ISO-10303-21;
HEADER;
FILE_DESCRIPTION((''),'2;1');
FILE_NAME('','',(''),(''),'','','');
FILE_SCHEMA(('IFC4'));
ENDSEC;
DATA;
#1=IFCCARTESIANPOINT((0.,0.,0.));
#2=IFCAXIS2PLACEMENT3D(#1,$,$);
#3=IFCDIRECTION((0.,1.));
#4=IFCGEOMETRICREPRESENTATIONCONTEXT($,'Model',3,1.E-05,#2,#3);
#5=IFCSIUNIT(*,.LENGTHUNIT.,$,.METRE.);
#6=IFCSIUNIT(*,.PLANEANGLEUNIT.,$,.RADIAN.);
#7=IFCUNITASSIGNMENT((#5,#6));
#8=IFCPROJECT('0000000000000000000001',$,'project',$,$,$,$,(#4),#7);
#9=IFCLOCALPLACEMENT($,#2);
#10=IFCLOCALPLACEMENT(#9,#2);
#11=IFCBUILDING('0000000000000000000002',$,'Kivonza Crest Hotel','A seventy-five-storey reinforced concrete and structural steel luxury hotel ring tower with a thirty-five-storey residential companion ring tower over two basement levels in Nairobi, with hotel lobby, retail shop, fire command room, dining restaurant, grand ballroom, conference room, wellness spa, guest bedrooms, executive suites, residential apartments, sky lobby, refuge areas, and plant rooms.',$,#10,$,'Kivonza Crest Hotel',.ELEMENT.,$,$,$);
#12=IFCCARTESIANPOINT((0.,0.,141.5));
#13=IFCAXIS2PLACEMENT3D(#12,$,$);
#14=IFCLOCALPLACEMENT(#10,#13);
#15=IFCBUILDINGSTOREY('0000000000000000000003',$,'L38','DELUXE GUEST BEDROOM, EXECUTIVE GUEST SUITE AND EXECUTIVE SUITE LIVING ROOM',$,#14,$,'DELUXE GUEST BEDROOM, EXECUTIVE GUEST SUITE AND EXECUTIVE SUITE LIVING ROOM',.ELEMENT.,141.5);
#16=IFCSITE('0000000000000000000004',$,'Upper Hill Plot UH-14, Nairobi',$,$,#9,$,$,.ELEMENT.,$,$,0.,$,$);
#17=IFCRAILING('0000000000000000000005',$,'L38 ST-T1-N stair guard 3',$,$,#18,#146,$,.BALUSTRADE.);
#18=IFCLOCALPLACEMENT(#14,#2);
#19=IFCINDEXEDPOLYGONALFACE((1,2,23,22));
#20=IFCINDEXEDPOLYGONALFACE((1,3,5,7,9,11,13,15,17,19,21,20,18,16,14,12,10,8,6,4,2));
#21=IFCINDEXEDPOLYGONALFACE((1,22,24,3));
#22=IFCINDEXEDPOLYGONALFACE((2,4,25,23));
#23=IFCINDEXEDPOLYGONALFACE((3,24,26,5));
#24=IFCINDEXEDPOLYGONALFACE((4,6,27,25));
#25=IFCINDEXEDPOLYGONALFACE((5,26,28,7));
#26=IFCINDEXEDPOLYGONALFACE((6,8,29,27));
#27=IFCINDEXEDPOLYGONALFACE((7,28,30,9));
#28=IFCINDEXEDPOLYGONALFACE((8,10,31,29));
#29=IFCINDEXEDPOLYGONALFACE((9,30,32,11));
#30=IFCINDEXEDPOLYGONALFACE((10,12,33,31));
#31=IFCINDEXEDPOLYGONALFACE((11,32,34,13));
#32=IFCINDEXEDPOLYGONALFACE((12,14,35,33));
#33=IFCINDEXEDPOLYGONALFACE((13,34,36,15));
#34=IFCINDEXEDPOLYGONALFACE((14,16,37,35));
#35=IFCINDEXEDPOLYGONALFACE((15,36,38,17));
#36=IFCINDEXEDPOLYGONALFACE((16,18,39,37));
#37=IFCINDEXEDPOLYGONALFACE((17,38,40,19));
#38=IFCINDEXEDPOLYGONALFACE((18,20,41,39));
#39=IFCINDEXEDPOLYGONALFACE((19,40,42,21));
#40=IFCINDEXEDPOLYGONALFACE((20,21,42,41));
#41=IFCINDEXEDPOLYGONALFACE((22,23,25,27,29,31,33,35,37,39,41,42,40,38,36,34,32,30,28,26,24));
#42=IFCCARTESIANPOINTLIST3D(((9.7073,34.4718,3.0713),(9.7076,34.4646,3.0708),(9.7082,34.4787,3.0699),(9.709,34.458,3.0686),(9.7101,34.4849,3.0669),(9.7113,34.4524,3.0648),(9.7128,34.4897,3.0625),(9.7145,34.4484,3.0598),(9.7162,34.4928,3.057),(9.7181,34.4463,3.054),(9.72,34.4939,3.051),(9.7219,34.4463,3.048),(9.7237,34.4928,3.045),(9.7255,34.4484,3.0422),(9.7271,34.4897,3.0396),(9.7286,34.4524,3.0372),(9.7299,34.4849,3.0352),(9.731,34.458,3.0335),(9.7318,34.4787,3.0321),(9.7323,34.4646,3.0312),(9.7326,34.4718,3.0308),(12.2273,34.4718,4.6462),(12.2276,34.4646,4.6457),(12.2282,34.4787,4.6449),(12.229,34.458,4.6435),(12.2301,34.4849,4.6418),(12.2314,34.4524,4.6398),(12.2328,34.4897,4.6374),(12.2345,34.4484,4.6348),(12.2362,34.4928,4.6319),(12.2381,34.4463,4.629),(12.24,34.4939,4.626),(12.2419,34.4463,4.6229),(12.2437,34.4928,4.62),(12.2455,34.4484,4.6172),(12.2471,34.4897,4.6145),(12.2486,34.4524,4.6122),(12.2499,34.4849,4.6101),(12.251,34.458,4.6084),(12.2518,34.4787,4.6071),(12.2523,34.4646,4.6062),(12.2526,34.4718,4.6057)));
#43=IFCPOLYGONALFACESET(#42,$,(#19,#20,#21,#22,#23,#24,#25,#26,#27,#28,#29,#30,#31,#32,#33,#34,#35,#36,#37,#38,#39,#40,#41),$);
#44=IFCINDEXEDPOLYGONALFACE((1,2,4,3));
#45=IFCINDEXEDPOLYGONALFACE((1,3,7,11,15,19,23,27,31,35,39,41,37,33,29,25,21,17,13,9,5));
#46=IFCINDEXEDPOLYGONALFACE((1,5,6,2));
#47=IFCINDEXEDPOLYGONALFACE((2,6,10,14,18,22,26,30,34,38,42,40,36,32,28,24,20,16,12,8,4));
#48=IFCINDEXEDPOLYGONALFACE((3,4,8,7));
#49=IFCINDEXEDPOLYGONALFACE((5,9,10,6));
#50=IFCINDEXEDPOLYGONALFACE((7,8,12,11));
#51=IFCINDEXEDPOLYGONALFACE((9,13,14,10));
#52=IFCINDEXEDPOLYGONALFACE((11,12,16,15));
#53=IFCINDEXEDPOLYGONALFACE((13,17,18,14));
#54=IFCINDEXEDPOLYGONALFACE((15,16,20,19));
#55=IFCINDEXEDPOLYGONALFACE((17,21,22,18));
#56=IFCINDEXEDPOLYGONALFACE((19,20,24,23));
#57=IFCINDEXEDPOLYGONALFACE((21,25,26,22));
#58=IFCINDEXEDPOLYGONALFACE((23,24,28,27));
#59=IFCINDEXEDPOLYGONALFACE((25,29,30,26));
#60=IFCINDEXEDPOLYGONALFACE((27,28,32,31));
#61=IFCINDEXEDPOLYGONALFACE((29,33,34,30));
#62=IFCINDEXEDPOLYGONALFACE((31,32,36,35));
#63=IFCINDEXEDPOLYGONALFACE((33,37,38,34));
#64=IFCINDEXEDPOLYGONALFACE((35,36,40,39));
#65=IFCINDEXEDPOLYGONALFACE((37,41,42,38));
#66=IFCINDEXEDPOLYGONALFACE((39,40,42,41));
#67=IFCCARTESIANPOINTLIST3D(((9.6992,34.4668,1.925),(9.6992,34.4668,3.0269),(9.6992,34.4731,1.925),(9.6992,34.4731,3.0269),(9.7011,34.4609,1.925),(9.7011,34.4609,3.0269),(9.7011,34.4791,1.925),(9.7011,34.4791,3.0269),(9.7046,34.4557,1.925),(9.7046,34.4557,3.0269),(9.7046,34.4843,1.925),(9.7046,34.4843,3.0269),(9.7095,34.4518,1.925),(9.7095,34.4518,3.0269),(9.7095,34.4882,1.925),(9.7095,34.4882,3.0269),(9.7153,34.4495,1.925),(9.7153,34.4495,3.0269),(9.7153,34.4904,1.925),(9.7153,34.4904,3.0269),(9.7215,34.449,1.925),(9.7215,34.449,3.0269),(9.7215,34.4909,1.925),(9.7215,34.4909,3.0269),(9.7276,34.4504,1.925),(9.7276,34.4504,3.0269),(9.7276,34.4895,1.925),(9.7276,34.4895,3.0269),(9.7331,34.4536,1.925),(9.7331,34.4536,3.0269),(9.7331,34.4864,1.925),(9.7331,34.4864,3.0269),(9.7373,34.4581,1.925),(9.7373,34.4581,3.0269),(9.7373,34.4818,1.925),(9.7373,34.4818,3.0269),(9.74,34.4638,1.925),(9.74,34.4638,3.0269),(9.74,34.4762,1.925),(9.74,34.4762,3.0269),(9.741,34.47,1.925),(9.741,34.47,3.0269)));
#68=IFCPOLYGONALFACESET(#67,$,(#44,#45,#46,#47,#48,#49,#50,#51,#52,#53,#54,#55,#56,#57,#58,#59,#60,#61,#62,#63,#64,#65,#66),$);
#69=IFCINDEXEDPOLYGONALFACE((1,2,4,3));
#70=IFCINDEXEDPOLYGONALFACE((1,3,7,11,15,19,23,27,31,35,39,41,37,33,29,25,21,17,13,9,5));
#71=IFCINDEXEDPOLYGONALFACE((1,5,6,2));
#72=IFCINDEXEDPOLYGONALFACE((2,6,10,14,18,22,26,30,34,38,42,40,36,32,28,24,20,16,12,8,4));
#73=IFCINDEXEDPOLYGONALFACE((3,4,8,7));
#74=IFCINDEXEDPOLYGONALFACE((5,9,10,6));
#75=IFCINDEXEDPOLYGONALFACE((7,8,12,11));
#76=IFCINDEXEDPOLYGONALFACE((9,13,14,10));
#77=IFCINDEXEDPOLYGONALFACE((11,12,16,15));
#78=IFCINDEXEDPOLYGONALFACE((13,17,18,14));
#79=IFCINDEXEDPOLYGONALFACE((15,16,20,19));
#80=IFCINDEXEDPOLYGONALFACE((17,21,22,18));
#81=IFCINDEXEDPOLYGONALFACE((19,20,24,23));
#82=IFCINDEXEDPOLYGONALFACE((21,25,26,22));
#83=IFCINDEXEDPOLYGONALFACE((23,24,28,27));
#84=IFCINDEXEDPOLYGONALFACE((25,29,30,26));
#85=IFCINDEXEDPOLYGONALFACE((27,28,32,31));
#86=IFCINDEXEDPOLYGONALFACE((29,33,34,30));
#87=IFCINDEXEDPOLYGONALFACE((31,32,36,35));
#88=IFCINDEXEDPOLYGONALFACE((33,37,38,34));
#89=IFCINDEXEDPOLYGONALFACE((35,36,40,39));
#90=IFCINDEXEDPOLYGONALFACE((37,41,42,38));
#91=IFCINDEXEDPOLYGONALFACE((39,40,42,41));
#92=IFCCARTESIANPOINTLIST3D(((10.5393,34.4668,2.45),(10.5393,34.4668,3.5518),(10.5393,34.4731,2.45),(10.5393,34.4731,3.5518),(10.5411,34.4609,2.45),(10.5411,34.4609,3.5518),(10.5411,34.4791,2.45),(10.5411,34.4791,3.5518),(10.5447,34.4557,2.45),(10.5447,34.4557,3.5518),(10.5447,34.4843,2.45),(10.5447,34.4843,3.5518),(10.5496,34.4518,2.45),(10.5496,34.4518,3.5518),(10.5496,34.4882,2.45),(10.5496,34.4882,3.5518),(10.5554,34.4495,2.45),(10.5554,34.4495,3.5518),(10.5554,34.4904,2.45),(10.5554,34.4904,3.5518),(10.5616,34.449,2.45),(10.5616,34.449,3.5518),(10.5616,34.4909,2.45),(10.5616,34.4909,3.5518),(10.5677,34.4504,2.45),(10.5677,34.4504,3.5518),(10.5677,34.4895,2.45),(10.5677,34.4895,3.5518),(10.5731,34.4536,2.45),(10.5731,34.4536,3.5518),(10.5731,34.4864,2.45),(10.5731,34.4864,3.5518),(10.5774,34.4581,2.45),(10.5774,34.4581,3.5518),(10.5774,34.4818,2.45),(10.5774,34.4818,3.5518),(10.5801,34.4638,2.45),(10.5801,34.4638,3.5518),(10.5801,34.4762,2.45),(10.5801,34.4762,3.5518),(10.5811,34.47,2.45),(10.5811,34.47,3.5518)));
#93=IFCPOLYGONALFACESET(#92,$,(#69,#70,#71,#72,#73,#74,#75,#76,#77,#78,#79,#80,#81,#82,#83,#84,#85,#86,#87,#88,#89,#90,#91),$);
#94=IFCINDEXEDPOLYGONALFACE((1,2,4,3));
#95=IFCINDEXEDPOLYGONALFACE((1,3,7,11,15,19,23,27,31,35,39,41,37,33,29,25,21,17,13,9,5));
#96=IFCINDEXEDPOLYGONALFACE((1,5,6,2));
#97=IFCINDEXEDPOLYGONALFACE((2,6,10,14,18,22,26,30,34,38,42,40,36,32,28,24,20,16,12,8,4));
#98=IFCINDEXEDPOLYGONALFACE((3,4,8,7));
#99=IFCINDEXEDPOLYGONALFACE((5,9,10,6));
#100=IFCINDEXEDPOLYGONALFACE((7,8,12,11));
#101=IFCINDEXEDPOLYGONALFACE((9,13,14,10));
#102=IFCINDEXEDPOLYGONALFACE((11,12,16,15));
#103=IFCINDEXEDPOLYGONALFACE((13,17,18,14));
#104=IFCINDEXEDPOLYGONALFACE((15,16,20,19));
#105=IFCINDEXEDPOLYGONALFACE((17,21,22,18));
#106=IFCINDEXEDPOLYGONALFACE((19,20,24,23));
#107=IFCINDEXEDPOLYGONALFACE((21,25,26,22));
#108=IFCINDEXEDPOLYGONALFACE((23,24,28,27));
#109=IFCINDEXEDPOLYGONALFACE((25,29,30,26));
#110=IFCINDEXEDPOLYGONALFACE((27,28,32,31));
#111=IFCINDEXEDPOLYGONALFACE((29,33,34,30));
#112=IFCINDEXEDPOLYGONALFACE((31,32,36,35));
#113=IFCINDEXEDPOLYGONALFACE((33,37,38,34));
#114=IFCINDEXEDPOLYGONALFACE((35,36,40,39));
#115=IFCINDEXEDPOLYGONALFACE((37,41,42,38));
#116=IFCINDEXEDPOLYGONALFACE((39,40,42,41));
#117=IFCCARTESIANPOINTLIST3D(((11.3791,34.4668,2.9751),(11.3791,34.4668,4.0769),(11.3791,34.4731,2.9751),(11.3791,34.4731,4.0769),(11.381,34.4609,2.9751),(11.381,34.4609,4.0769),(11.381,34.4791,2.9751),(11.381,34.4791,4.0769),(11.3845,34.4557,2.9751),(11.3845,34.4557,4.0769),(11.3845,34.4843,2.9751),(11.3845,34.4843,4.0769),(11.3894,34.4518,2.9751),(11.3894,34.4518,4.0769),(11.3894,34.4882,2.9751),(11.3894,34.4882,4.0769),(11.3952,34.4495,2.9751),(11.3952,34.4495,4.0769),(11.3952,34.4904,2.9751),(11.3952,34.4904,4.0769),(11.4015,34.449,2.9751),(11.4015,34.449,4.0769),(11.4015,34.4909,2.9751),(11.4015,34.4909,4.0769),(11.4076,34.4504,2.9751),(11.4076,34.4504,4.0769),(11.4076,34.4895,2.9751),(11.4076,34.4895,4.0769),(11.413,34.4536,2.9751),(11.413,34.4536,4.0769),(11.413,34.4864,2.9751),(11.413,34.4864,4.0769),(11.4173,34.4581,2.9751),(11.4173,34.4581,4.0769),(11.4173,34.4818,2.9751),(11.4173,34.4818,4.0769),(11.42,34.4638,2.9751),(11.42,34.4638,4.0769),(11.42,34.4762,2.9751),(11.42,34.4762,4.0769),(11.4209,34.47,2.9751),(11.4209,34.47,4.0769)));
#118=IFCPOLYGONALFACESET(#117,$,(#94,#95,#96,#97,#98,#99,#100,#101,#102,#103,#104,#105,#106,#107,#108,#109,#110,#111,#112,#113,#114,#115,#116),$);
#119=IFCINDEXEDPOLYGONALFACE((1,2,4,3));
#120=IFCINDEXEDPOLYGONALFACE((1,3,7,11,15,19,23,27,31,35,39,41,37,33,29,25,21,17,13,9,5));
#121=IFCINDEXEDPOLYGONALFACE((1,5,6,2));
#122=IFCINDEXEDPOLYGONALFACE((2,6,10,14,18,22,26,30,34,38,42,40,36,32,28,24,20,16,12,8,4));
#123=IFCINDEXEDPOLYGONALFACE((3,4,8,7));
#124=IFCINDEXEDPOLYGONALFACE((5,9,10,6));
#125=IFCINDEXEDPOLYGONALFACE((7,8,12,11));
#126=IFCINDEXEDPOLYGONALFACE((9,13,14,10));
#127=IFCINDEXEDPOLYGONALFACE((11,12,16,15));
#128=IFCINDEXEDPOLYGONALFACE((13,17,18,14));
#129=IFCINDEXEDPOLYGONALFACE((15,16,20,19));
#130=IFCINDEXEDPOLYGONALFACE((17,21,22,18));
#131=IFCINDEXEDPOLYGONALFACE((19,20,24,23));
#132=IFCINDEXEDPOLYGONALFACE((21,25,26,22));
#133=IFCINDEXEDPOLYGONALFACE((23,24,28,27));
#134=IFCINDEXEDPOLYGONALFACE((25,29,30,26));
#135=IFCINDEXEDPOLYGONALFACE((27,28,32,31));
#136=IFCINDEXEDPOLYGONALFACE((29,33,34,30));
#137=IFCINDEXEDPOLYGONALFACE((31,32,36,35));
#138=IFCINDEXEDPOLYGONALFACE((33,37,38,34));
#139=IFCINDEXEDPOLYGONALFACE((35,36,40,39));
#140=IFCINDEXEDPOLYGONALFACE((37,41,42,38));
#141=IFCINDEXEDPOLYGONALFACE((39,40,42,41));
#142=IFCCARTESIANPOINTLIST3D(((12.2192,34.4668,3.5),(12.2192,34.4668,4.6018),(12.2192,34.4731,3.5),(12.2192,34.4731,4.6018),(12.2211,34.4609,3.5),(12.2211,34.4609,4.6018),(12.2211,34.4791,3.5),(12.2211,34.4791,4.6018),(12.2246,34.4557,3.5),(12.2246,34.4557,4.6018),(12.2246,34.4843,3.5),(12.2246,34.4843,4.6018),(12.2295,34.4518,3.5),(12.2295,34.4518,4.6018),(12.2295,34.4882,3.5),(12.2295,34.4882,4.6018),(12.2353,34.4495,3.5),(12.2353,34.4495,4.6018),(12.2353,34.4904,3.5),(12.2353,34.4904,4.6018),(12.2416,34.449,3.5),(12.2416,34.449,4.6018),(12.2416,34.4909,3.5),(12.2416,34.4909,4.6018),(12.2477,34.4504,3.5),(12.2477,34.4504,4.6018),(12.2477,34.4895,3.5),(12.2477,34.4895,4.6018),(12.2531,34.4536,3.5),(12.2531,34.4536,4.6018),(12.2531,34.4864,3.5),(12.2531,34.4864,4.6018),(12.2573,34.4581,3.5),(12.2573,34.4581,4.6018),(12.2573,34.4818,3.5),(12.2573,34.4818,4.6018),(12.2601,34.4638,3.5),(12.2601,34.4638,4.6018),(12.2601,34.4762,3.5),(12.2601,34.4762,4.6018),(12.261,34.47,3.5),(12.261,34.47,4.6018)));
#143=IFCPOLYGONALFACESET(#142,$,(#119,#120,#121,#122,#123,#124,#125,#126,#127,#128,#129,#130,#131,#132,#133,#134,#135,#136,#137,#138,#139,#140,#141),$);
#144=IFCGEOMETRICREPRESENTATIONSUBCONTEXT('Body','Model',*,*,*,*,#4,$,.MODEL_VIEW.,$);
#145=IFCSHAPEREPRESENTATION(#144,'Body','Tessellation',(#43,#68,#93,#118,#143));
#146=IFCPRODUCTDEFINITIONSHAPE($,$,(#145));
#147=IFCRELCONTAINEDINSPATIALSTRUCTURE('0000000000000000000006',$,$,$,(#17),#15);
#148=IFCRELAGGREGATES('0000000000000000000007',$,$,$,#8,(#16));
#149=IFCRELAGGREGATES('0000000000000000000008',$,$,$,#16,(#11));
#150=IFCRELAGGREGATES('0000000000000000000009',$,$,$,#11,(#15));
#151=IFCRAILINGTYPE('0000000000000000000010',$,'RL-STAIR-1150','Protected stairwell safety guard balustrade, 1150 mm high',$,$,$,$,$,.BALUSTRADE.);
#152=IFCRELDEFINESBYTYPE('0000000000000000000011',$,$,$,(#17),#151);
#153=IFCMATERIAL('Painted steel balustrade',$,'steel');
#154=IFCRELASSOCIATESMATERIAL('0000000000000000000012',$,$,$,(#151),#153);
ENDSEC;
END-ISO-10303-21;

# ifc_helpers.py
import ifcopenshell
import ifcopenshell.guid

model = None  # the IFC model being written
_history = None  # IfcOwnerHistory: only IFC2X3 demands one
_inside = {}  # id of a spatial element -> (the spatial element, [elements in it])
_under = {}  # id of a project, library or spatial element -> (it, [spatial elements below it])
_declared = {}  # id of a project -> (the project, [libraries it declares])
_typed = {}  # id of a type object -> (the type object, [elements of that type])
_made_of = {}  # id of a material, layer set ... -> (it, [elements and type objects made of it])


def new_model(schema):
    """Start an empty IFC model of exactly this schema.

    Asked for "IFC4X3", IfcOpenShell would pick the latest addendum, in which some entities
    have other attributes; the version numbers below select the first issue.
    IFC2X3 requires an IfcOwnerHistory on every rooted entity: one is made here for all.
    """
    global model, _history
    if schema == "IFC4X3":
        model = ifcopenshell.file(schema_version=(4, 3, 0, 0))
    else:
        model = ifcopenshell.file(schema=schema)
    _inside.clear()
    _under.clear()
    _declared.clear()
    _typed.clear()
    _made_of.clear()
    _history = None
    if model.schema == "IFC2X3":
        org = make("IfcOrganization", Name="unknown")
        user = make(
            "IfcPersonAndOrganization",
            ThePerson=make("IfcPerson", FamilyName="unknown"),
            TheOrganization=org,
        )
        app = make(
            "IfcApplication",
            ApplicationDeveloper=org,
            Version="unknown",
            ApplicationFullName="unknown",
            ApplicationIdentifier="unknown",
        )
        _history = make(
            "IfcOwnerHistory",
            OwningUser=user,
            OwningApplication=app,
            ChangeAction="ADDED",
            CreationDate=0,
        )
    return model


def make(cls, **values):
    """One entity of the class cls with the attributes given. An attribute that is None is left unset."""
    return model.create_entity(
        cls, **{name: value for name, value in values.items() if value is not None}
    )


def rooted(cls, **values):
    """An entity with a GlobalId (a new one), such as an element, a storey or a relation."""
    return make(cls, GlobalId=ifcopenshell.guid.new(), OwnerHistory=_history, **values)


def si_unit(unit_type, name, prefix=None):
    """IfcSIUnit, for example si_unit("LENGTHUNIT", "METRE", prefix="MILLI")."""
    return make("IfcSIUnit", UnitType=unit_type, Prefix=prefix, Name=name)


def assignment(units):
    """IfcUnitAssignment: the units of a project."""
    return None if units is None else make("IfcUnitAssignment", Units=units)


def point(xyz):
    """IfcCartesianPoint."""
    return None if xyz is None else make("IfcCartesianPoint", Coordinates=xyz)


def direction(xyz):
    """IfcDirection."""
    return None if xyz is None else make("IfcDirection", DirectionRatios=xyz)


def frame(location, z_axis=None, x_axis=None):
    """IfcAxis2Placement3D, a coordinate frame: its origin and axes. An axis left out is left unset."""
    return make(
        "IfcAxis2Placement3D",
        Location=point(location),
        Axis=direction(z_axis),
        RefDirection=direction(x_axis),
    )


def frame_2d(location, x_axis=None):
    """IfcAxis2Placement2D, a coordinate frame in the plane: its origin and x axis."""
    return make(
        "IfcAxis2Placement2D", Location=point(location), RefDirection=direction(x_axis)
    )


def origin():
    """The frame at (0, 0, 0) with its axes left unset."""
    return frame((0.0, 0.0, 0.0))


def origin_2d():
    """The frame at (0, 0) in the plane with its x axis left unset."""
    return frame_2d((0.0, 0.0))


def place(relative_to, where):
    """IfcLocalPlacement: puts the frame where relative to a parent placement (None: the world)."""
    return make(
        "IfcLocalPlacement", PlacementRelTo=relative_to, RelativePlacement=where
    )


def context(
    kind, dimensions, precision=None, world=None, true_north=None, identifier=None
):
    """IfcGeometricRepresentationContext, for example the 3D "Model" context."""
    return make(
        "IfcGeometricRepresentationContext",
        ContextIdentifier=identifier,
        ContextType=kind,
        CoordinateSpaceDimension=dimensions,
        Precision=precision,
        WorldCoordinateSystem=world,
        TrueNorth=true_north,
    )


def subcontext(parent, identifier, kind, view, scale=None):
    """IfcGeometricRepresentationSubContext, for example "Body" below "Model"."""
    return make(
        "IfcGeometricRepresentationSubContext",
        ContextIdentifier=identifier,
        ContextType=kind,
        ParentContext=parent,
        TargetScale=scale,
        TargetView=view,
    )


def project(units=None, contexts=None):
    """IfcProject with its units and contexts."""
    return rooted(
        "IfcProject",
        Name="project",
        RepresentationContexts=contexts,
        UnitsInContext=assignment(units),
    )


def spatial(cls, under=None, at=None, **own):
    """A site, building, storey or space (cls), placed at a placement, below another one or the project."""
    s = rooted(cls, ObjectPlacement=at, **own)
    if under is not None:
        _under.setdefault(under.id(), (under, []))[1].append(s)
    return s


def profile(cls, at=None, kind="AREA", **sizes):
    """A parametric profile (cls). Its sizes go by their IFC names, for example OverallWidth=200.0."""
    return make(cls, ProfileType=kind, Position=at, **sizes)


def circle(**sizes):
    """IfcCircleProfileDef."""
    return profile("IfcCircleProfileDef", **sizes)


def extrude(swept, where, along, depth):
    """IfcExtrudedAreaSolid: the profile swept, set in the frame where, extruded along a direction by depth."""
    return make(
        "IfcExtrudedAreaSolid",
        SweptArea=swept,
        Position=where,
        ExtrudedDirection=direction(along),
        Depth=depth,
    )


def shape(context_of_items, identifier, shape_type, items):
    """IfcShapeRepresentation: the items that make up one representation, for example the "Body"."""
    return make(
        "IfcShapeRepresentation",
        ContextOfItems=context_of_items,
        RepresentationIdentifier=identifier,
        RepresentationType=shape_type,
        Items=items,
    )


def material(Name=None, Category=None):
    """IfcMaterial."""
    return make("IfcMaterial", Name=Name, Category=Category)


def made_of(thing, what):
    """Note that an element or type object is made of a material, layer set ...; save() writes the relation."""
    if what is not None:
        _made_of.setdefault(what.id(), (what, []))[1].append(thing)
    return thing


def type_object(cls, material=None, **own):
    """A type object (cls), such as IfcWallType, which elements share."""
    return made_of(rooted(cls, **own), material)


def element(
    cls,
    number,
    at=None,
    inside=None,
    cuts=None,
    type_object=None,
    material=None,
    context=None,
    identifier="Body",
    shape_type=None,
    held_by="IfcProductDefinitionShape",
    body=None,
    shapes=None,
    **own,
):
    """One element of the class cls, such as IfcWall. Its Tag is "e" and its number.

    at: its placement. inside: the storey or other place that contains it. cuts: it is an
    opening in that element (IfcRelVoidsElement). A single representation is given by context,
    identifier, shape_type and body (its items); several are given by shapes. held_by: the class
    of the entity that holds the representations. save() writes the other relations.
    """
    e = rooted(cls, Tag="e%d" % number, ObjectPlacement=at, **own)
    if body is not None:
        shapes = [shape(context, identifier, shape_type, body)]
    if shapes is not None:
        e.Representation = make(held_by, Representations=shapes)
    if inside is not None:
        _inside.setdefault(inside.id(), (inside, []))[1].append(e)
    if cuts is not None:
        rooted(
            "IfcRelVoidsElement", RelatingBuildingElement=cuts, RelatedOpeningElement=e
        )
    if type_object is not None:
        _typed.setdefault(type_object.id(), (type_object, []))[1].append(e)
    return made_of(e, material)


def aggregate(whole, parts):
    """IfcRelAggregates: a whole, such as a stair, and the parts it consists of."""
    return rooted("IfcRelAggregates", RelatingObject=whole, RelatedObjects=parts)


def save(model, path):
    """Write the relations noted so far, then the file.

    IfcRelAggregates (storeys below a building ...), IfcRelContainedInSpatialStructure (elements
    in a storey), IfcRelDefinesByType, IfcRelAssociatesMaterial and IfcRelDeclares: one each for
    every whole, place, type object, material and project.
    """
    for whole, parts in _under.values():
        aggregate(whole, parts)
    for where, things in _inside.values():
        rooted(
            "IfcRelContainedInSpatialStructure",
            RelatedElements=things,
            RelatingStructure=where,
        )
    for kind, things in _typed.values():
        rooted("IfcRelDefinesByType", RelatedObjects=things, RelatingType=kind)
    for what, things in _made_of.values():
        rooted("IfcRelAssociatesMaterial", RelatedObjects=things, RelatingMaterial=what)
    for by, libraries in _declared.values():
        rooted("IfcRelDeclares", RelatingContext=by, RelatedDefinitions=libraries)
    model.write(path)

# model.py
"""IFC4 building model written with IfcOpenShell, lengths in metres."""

from ifc_helpers import new_model, si_unit, direction, frame, origin, origin_2d, place, context, subcontext, project, spatial, circle, extrude, material, type_object, element, save


model = new_model("IFC4")

# Units and contexts
model_context = context("Model", 3, precision=1e-05, world=origin(), true_north=direction((0.0, 1.0)))
body_context = subcontext(model_context, "Body", "Model", "MODEL_VIEW")
ifc_project = project(units=[si_unit("LENGTHUNIT", "METRE"), si_unit("PLANEANGLEUNIT", "RADIAN")], contexts=[model_context])

# Site, building, storey
site_placement = place(None, origin())
site = spatial("IfcSite", under=ifc_project, at=site_placement, Name="Upper Hill Plot UH-14, Nairobi", CompositionType="ELEMENT", RefElevation=0.0)
building_placement = place(site_placement, origin())
building = spatial("IfcBuilding", under=site, at=building_placement, Name="Kivonza Crest Hotel", Description="A seventy-five-storey reinforced concrete and structural steel luxury hotel ring tower with a thirty-five-storey residential companion ring tower over two basement levels in Nairobi, with hotel lobby, retail shop, fire command room, dining restaurant, grand ballroom, conference room, wellness spa, guest bedrooms, executive suites, residential apartments, sky lobby, refuge areas, and plant rooms.", LongName="Kivonza Crest Hotel", CompositionType="ELEMENT")
storey_placement = place(building_placement, frame((0.0, 0.0, 141.5)))
storey = spatial("IfcBuildingStorey", under=building, at=storey_placement, Name="L38", Description="DELUXE GUEST BEDROOM, EXECUTIVE GUEST SUITE AND EXECUTIVE SUITE LIVING ROOM", LongName="DELUXE GUEST BEDROOM, EXECUTIVE GUEST SUITE AND EXECUTIVE SUITE LIVING ROOM", CompositionType="ELEMENT", Elevation=141.5)

# Railing
ifc_material_1 = material(Name="Painted steel balustrade", Category="steel")
railing_type_1 = type_object("IfcRailingType", Name="RL-STAIR-1150", Description="Protected stairwell safety guard balustrade, 1150 mm high", PredefinedType="BALUSTRADE", material=ifc_material_1)
railing_1_placement = place(storey_placement, frame((9.72, 34.47, 1.925)))
element("IfcRailing", 1, at=railing_1_placement, inside=storey, type_object=railing_type_1, Name="L38 ST-T1-N stair guard 3", PredefinedType="BALUSTRADE", context=body_context, shape_type="SweptSolid", body=[
    extrude(circle(Radius=0.0239, at=origin_2d()), frame((0.0, 0.0, 1.126), z_axis=(0.848008, 0.0, 0.529984), x_axis=(0.0, 1.0, 0.0)), (0.0, 0.0, 1.0), 2.9717),
    extrude(circle(Radius=0.021, at=origin_2d()), origin(), (0.0, 0.0, 1.0), 1.1018),
    extrude(circle(Radius=0.021, at=origin_2d()), frame((0.8401, 0.0, 0.5249)), (0.0, 0.0, 1.0), 1.1018),
    extrude(circle(Radius=0.021, at=origin_2d()), frame((1.6799, 0.0, 1.05)), (0.0, 0.0, 1.0), 1.1018),
    extrude(circle(Radius=0.021, at=origin_2d()), frame((2.52, 0.0, 1.575)), (0.0, 0.0, 1.0), 1.1018),
])

save(model, "model.ifc")
